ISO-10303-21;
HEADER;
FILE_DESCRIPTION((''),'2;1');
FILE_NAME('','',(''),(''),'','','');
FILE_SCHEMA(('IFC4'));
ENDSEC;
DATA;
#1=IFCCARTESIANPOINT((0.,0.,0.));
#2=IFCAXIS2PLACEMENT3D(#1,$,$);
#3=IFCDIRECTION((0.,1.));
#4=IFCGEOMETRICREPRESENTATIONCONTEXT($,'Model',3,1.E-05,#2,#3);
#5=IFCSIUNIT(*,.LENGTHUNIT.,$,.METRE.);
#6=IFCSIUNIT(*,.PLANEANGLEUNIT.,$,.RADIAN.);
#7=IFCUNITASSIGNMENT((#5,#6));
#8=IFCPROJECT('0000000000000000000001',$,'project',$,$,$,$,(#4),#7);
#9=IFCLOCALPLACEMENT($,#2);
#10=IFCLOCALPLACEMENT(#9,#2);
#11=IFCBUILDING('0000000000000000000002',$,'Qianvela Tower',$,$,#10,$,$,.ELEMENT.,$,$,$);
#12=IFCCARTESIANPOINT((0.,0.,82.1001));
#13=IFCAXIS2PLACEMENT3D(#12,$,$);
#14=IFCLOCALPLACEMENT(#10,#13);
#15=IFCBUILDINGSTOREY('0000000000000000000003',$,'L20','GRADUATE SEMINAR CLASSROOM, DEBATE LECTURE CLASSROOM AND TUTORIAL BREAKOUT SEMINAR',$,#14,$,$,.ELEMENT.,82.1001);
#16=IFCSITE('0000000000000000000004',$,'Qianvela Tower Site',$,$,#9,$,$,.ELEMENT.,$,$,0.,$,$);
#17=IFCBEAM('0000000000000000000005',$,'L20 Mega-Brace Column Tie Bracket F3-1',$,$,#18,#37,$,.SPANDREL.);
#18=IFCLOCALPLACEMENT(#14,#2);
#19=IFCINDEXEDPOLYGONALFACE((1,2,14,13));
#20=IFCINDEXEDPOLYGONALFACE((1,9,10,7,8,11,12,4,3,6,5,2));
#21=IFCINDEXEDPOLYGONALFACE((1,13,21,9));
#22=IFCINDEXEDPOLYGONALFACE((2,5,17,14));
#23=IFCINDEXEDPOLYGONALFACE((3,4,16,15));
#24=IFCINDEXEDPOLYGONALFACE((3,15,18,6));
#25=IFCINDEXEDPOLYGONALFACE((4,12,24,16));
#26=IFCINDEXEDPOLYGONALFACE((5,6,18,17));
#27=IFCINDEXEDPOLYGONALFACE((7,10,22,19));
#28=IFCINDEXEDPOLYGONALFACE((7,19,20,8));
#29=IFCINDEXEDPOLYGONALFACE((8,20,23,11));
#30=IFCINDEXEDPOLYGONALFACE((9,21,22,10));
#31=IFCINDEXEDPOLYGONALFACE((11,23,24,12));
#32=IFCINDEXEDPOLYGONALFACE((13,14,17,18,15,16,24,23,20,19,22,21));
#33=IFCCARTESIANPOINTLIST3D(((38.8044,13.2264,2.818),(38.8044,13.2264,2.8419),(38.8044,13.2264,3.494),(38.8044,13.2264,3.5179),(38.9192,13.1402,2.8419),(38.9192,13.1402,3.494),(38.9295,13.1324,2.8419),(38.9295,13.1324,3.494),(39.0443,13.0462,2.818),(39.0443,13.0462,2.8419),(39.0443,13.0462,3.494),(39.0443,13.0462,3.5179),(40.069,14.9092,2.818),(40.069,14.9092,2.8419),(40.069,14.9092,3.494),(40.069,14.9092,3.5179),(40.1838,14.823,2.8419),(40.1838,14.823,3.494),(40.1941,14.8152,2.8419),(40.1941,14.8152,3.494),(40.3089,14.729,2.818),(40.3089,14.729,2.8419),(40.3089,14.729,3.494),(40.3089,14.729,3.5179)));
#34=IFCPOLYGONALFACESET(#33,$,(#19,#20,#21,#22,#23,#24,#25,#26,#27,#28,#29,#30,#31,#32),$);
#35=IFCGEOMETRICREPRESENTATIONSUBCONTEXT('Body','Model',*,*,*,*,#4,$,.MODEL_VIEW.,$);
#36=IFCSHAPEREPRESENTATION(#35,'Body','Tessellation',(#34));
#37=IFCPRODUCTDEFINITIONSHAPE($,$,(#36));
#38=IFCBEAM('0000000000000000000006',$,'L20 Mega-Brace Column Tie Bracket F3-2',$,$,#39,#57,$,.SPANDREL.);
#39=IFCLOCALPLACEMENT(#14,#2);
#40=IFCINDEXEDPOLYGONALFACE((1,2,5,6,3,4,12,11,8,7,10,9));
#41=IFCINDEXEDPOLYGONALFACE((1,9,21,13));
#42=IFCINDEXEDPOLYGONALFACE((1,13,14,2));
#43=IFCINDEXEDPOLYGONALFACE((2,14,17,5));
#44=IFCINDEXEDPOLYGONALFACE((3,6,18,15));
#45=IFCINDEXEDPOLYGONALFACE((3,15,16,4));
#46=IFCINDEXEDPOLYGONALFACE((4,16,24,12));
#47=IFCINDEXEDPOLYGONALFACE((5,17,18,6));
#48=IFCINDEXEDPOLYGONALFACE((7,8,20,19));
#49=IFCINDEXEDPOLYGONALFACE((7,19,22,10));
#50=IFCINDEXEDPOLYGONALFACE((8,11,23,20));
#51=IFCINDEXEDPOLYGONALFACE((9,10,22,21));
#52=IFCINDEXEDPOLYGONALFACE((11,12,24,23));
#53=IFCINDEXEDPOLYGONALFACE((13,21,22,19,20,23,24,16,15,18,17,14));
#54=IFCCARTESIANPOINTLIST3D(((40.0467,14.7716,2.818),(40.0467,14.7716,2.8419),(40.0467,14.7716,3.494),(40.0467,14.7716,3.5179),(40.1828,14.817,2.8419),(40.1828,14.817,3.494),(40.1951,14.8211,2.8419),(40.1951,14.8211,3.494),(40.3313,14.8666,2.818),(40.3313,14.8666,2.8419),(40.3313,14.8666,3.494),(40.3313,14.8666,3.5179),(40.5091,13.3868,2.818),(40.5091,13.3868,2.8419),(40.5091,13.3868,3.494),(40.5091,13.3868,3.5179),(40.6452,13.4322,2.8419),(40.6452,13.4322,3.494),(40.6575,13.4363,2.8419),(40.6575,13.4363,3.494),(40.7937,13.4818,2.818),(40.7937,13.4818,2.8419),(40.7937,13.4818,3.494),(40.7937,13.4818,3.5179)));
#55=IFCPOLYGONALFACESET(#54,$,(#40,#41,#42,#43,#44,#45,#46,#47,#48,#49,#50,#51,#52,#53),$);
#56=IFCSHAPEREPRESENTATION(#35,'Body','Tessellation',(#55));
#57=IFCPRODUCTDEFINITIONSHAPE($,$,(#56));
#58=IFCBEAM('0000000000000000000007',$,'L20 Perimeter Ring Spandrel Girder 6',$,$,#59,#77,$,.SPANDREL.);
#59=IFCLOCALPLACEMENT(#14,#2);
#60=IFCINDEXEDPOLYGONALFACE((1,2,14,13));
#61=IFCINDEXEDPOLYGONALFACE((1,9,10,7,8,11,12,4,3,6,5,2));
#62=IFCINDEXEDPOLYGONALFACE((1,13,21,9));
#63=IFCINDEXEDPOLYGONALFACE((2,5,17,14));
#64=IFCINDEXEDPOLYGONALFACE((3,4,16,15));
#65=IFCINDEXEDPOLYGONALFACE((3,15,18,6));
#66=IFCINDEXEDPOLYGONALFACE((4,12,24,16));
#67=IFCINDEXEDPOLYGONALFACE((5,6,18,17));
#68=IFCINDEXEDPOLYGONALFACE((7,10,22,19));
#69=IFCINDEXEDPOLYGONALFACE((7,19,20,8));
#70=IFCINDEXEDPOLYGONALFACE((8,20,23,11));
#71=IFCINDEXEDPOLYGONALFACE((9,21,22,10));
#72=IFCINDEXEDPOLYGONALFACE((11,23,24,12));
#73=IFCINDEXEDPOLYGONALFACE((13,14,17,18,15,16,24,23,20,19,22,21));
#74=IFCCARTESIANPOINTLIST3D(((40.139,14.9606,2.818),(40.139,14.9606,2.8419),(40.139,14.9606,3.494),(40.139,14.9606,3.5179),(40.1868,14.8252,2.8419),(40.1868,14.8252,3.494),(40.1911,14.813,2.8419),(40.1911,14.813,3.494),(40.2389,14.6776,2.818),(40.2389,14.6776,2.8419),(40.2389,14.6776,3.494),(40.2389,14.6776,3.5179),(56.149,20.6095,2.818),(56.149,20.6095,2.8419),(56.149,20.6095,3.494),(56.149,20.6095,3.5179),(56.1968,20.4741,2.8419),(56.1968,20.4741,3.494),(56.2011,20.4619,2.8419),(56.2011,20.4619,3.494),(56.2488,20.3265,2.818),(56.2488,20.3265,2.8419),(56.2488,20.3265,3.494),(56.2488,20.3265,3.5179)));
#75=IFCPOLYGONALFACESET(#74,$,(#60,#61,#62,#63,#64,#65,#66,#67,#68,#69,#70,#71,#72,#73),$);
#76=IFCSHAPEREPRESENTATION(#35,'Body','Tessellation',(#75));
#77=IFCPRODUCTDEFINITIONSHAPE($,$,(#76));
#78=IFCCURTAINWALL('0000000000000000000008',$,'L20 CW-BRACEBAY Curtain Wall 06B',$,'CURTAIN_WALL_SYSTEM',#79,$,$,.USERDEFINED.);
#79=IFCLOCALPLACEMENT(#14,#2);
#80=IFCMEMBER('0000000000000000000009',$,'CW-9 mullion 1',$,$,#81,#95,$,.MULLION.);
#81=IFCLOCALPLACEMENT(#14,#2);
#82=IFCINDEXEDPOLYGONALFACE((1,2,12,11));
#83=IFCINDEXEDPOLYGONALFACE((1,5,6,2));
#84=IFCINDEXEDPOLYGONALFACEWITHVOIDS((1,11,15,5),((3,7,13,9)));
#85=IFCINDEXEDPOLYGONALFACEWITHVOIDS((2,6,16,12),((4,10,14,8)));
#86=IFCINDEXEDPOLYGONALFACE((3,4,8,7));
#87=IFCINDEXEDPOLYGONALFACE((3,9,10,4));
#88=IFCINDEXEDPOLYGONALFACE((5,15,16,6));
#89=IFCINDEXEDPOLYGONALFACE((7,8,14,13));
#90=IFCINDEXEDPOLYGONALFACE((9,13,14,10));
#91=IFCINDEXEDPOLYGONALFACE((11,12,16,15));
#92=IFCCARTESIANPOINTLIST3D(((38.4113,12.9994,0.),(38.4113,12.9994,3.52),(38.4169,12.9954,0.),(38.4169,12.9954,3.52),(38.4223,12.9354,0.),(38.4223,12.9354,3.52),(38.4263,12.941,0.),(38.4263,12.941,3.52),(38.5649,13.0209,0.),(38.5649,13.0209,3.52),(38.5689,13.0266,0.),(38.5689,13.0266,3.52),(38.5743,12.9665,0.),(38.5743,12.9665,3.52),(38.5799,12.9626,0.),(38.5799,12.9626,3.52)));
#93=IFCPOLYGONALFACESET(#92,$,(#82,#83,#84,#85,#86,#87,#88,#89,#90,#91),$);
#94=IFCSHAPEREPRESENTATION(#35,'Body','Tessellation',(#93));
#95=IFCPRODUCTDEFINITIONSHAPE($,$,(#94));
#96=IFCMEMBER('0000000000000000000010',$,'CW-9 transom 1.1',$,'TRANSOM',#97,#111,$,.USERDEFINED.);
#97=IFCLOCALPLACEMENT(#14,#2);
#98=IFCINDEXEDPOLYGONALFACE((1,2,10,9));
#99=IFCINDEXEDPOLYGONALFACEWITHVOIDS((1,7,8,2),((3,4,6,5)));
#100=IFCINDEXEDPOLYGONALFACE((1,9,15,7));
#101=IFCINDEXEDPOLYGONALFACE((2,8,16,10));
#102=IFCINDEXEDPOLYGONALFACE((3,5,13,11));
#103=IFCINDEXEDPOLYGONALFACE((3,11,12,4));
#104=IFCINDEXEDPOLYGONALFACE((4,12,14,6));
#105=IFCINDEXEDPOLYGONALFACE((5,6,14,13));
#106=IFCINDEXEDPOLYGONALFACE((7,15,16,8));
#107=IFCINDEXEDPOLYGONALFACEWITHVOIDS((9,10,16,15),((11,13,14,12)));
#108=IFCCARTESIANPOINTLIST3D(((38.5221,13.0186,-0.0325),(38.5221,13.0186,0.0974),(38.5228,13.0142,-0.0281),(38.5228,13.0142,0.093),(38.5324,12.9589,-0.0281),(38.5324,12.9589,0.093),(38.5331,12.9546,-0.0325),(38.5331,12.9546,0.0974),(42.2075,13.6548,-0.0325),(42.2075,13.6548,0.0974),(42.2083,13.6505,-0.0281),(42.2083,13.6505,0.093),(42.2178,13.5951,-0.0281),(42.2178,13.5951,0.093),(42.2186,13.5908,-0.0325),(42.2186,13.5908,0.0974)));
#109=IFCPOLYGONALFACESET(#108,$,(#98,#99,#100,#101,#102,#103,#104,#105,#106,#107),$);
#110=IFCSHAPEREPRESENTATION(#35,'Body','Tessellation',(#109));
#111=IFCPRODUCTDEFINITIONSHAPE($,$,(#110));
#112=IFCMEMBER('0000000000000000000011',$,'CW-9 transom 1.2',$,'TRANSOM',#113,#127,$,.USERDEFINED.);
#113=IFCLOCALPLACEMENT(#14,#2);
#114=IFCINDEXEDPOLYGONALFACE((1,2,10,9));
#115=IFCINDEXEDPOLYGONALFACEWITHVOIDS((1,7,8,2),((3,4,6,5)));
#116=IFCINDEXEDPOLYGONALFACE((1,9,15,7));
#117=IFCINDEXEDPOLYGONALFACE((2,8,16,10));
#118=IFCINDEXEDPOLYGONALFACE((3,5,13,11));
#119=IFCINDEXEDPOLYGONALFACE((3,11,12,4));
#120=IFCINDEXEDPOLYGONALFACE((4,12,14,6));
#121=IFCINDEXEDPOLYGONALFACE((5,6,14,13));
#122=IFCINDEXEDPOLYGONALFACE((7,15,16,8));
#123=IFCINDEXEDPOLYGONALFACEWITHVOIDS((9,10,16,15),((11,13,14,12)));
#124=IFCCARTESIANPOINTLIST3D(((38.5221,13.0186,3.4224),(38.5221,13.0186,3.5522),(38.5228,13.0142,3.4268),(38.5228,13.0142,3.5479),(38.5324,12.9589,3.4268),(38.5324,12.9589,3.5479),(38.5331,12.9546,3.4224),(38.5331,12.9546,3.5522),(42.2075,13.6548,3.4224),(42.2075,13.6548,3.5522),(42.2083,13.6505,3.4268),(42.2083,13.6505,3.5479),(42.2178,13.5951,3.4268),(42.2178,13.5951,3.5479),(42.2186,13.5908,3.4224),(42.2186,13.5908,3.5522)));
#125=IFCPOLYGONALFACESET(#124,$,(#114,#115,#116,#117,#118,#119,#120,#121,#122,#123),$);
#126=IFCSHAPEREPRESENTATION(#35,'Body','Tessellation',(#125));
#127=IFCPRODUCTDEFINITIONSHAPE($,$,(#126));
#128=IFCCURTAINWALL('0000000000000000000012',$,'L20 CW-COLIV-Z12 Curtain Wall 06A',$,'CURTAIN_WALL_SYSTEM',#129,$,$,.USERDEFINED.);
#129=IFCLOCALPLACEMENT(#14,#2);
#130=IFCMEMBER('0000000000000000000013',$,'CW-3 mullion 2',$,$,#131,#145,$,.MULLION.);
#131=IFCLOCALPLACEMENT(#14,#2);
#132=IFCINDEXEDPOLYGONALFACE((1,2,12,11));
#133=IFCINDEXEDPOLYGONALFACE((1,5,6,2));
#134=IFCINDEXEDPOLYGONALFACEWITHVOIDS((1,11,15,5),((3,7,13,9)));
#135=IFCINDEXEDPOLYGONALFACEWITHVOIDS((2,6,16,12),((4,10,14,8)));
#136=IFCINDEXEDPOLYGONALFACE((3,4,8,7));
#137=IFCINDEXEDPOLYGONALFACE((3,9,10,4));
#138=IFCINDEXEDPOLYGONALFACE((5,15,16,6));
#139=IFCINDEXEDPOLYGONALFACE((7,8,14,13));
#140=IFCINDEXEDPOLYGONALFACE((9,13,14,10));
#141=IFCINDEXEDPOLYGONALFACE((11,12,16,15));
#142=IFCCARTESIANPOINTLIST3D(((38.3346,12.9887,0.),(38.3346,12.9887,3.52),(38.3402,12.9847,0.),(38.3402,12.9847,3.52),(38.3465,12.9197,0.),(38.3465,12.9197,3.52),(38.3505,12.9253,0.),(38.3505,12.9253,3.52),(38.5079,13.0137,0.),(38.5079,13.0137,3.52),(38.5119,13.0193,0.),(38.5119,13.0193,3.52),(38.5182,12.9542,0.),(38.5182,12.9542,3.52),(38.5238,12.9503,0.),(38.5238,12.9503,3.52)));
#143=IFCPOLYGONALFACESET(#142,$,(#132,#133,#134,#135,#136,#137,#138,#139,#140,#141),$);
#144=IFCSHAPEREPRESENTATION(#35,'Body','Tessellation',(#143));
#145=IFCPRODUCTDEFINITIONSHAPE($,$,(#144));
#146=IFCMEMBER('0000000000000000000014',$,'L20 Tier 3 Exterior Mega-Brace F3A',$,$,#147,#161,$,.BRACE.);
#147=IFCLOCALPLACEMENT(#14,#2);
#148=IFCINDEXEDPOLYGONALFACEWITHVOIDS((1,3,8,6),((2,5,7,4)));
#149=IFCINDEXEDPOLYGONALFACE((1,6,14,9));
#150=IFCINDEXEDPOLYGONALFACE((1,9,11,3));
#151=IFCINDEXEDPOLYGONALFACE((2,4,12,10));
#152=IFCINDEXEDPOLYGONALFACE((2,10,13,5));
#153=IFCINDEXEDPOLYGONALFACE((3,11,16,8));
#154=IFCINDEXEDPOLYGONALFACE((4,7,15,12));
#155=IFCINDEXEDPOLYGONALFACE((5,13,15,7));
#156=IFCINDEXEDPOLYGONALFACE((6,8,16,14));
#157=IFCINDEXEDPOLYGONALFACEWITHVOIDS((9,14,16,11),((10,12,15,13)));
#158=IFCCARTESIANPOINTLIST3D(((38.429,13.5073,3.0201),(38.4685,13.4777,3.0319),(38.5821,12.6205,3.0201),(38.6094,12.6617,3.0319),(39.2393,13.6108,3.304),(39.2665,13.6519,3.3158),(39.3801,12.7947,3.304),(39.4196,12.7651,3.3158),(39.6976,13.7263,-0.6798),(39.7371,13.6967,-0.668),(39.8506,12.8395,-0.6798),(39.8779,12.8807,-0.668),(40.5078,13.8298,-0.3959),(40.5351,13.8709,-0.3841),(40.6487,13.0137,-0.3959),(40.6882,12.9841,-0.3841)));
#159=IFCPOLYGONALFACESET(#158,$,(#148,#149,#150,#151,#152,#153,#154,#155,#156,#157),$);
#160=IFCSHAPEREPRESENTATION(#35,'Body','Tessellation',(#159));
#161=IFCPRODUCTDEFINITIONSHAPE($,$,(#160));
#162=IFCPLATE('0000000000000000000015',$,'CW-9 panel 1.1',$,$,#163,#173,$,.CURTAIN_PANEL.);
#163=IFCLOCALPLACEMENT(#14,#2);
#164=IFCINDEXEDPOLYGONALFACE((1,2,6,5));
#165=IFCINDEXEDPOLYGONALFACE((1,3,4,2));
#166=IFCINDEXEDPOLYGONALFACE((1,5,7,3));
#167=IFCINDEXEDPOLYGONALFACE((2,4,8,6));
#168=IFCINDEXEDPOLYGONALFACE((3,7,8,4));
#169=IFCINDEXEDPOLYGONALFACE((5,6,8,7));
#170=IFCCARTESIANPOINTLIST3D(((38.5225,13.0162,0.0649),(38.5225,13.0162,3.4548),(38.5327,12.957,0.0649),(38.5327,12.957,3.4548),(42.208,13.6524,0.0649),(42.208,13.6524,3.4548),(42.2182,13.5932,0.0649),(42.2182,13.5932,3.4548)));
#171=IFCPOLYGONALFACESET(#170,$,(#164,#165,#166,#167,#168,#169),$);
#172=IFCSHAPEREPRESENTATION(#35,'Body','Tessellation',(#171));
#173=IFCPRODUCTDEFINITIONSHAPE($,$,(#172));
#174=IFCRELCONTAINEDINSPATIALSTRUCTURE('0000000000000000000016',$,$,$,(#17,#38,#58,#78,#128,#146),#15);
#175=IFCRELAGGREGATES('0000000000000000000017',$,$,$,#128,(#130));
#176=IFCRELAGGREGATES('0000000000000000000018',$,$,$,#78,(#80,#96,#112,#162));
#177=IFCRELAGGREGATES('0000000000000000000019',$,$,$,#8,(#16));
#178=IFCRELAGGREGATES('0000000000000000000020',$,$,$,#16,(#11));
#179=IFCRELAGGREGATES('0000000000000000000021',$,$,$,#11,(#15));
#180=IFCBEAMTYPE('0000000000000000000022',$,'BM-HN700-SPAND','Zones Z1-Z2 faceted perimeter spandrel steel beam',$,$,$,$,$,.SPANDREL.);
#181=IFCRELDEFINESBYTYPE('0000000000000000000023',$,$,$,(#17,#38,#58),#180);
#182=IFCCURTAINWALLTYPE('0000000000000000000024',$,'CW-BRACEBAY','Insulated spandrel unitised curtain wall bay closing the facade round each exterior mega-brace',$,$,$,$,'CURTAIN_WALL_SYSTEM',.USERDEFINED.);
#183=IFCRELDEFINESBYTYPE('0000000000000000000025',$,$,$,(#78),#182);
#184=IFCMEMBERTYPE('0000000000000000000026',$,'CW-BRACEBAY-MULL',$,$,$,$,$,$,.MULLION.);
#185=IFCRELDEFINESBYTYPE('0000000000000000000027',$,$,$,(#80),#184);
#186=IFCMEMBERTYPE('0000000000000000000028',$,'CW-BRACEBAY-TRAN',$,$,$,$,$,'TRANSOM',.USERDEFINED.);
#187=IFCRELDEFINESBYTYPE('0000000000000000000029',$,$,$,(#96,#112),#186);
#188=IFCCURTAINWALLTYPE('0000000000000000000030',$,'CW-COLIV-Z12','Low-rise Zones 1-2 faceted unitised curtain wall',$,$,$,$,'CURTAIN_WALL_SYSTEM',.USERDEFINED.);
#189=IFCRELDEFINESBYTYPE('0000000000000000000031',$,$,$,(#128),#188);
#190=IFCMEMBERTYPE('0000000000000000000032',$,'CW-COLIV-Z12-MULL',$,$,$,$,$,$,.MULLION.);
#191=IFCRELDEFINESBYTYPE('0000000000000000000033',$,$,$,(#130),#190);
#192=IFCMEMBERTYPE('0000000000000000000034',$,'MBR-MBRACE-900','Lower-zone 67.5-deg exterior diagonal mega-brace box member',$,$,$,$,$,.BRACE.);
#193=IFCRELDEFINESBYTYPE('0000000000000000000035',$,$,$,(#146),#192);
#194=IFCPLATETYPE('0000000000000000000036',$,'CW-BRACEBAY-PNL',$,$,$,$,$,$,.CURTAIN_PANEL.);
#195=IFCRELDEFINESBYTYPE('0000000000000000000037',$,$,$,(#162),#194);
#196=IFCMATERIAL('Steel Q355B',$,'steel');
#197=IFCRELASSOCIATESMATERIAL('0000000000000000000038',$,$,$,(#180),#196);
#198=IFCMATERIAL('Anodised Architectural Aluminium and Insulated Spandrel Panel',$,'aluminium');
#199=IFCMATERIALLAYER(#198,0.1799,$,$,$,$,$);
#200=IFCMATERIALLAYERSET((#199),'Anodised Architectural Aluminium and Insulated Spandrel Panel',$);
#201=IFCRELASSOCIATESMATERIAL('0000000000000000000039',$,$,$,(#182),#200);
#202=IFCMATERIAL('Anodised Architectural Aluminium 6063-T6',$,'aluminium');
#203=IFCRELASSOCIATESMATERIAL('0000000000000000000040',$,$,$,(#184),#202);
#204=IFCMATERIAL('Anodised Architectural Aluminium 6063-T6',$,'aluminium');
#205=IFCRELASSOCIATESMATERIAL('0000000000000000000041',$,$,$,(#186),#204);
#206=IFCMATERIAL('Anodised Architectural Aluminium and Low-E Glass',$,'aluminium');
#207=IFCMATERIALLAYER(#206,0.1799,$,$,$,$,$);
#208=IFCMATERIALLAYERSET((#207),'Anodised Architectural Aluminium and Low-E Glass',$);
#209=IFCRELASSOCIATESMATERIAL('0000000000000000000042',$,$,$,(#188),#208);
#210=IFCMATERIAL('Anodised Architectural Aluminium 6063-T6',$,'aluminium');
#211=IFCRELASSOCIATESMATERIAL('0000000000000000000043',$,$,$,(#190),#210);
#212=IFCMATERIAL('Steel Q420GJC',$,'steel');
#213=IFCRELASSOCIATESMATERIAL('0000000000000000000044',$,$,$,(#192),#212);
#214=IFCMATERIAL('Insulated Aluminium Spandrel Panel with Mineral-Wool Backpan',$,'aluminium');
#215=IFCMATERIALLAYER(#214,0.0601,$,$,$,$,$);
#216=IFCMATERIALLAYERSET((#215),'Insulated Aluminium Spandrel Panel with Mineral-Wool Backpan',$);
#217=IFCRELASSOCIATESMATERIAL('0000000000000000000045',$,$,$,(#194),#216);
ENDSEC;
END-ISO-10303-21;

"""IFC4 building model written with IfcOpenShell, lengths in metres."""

from ifc_helpers import new_model, si_unit, direction, frame, origin, origin_2d, place, context, subcontext, project, spatial, rectangle, hollow_rectangle, i_section, extrude, material, layer, layer_set, material_profile, profile_set, type_object, element, aggregate, save


model = new_model("IFC4")

# Units and contexts
model_context = context("Model", 3, precision=1e-05, world=origin(), true_north=direction((0.0, 1.0)))
body_context = subcontext(model_context, "Body", "Model", "MODEL_VIEW")
ifc_project = project(units=[si_unit("LENGTHUNIT", "METRE"), si_unit("PLANEANGLEUNIT", "RADIAN")], contexts=[model_context])

# Site, building, storey
site_placement = place(None, origin())
site = spatial("IfcSite", under=ifc_project, at=site_placement, Name="Qianvela Tower Site", CompositionType="ELEMENT", RefElevation=0.0)
building_placement = place(site_placement, origin())
building = spatial("IfcBuilding", under=site, at=building_placement, Name="Qianvela Tower", CompositionType="ELEMENT")
storey_placement = place(building_placement, frame((0.0, 0.0, 82.1001)))
storey = spatial("IfcBuildingStorey", under=building, at=storey_placement, Name="L20", Description="GRADUATE SEMINAR CLASSROOM, DEBATE LECTURE CLASSROOM AND TUTORIAL BREAKOUT SEMINAR", CompositionType="ELEMENT", Elevation=82.1001)

# Beams
ifc_material_1 = material(Name="Steel Q355B", Category="steel")
ifc_material_profile_1 = material_profile(ifc_material_1, i_section(OverallWidth=0.3, OverallDepth=0.7, WebThickness=0.0129, FlangeThickness=0.0239, at=origin_2d()), Name="HN700x300x13x24")
ifc_profile_set_1 = profile_set([ifc_material_profile_1], Name="Steel Q355B")
beam_type_1 = type_object("IfcBeamType", Name="BM-HN700-SPAND", Description="Zones Z1-Z2 faceted perimeter spandrel steel beam", PredefinedType="SPANDREL", material=ifc_profile_set_1)
beam_1_placement = place(storey_placement, frame((40.189, 14.8191, 3.168), z_axis=(-0.600761, -0.799429, 0.0), x_axis=(0.799429, -0.600761, 0.0)))
element("IfcBeam", 1, at=beam_1_placement, inside=storey, type_object=beam_type_1, Name="L20 Mega-Brace Column Tie Bracket F3-1", PredefinedType="SPANDREL", context=body_context, shape_type="SweptSolid", body=[
    extrude(i_section(OverallWidth=0.3, OverallDepth=0.7, WebThickness=0.0129, FlangeThickness=0.0239, at=origin_2d()), origin(), (0.0, 0.0, 1.0), 2.105),
])
beam_2_placement = place(storey_placement, frame((40.189, 14.8191, 3.168), z_axis=(0.316729, -0.948516, 0.0), x_axis=(0.948516, 0.316729, 0.0)))
element("IfcBeam", 2, at=beam_2_placement, inside=storey, type_object=beam_type_1, Name="L20 Mega-Brace Column Tie Bracket F3-2", PredefinedType="SPANDREL", context=body_context, shape_type="SweptSolid", body=[
    extrude(i_section(OverallWidth=0.3, OverallDepth=0.7, WebThickness=0.0129, FlangeThickness=0.0239, at=origin_2d()), origin(), (0.0, 0.0, 1.0), 1.46),
])
beam_3_placement = place(storey_placement, frame((40.189, 14.8191, 3.168), z_axis=(0.943021, 0.332733, 0.0), x_axis=(-0.332733, 0.943021, 0.0)))
element("IfcBeam", 3, at=beam_3_placement, inside=storey, type_object=beam_type_1, Name="L20 Perimeter Ring Spandrel Girder 6", PredefinedType="SPANDREL", context=body_context, shape_type="SweptSolid", body=[
    extrude(i_section(OverallWidth=0.3, OverallDepth=0.7, WebThickness=0.0129, FlangeThickness=0.0239, at=origin_2d()), origin(), (0.0, 0.0, 1.0), 16.9773),
])

# Curtain wall, members
ifc_material_2 = material(Name="Anodised Architectural Aluminium and Insulated Spandrel Panel", Category="aluminium")
ifc_layer_1 = layer(ifc_material_2, 0.1799)
ifc_layer_set_1 = layer_set([ifc_layer_1], Name="Anodised Architectural Aluminium and Insulated Spandrel Panel")
curtain_wall_type_1 = type_object("IfcCurtainWallType", Name="CW-BRACEBAY", Description="Insulated spandrel unitised curtain wall bay closing the facade round each exterior mega-brace", ElementType="CURTAIN_WALL_SYSTEM", PredefinedType="USERDEFINED", material=ifc_layer_set_1)
curtain_wall_1_placement = place(storey_placement, origin())
curtain_wall_1 = element("IfcCurtainWall", 4, at=curtain_wall_1_placement, inside=storey, type_object=curtain_wall_type_1, Name="L20 CW-BRACEBAY Curtain Wall 06B", ObjectType="CURTAIN_WALL_SYSTEM", PredefinedType="USERDEFINED")
ifc_material_3 = material(Name="Anodised Architectural Aluminium 6063-T6", Category="aluminium")
ifc_material_profile_2 = material_profile(ifc_material_3, hollow_rectangle(XDim=0.0649, YDim=0.1599, WallThickness=0.0049, at=origin_2d()), Name="ALU-MULL-65x160")
ifc_profile_set_2 = profile_set([ifc_material_profile_2], Name="Anodised Architectural Aluminium 6063-T6")
member_type_1 = type_object("IfcMemberType", Name="CW-BRACEBAY-MULL", PredefinedType="MULLION", material=ifc_profile_set_2)
member_1_placement = place(storey_placement, frame((38.4956, 12.981, 0.0), z_axis=(0.0, 0.0, 1.0), x_axis=(-0.170103, 0.985426, 0.0)))
member_1 = element("IfcMember", 5, at=member_1_placement, type_object=member_type_1, Name="CW-9 mullion 1", PredefinedType="MULLION", context=body_context, shape_type="SweptSolid", body=[
    extrude(hollow_rectangle(XDim=0.0649, YDim=0.1599, WallThickness=0.0049, at=origin_2d()), origin(), (0.0, 0.0, 1.0), 3.52),
])
ifc_material_4 = material(Name="Anodised Architectural Aluminium 6063-T6", Category="aluminium")
ifc_material_profile_3 = material_profile(ifc_material_4, hollow_rectangle(XDim=0.0649, YDim=0.1299, WallThickness=0.0044, at=origin_2d()), Name="ALU-TRAN-65x130")
ifc_profile_set_3 = profile_set([ifc_material_profile_3], Name="Anodised Architectural Aluminium 6063-T6")
member_type_2 = type_object("IfcMemberType", Name="CW-BRACEBAY-TRAN", ElementType="TRANSOM", PredefinedType="USERDEFINED", material=ifc_profile_set_3)
member_2_placement = place(storey_placement, frame((38.5276, 12.9866, 0.0325), z_axis=(0.985425, 0.170112, 0.0), x_axis=(-0.170112, 0.985425, 0.0)))
member_2 = element("IfcMember", 6, at=member_2_placement, type_object=member_type_2, Name="CW-9 transom 1.1", ObjectType="TRANSOM", PredefinedType="USERDEFINED", context=body_context, shape_type="SweptSolid", body=[
    extrude(hollow_rectangle(XDim=0.0649, YDim=0.1299, WallThickness=0.0044, at=origin_2d()), origin(), (0.0, 0.0, 1.0), 3.74),
])
member_3_placement = place(storey_placement, frame((38.5276, 12.9866, 3.4873), z_axis=(0.985425, 0.170112, 0.0), x_axis=(-0.170112, 0.985425, 0.0)))
member_3 = element("IfcMember", 7, at=member_3_placement, type_object=member_type_2, Name="CW-9 transom 1.2", ObjectType="TRANSOM", PredefinedType="USERDEFINED", context=body_context, shape_type="SweptSolid", body=[
    extrude(hollow_rectangle(XDim=0.0649, YDim=0.1299, WallThickness=0.0044, at=origin_2d()), origin(), (0.0, 0.0, 1.0), 3.74),
])

# Curtain wall, member
ifc_material_5 = material(Name="Anodised Architectural Aluminium and Low-E Glass", Category="aluminium")
ifc_layer_2 = layer(ifc_material_5, 0.1799)
ifc_layer_set_2 = layer_set([ifc_layer_2], Name="Anodised Architectural Aluminium and Low-E Glass")
curtain_wall_type_2 = type_object("IfcCurtainWallType", Name="CW-COLIV-Z12", Description="Low-rise Zones 1-2 faceted unitised curtain wall", ElementType="CURTAIN_WALL_SYSTEM", PredefinedType="USERDEFINED", material=ifc_layer_set_2)
curtain_wall_2_placement = place(storey_placement, origin())
curtain_wall_2 = element("IfcCurtainWall", 8, at=curtain_wall_2_placement, inside=storey, type_object=curtain_wall_type_2, Name="L20 CW-COLIV-Z12 Curtain Wall 06A", ObjectType="CURTAIN_WALL_SYSTEM", PredefinedType="USERDEFINED")
ifc_material_6 = material(Name="Anodised Architectural Aluminium 6063-T6", Category="aluminium")
ifc_material_profile_4 = material_profile(ifc_material_6, hollow_rectangle(XDim=0.0701, YDim=0.1799, WallThickness=0.0049, at=origin_2d()), Name="ALU-MULL-70x180")
ifc_profile_set_4 = profile_set([ifc_material_profile_4], Name="Anodised Architectural Aluminium 6063-T6")
member_type_3 = type_object("IfcMemberType", Name="CW-COLIV-Z12-MULL", PredefinedType="MULLION", material=ifc_profile_set_4)
member_4_placement = place(storey_placement, frame((38.4292, 12.9695, 0.0), z_axis=(0.0, 0.0, 1.0), x_axis=(-0.17009, 0.985428, 0.0)))
member_4 = element("IfcMember", 9, at=member_4_placement, type_object=member_type_3, Name="CW-3 mullion 2", PredefinedType="MULLION", context=body_context, shape_type="SweptSolid", body=[
    extrude(hollow_rectangle(XDim=0.0701, YDim=0.1799, WallThickness=0.0049, at=origin_2d()), origin(), (0.0, 0.0, 1.0), 3.52),
])
aggregate(curtain_wall_2, [member_4])

# Member
ifc_material_7 = material(Name="Steel Q420GJC", Category="steel")
ifc_material_profile_5 = material_profile(ifc_material_7, hollow_rectangle(XDim=0.8999, YDim=0.8999, WallThickness=0.0359, at=origin_2d()), Name="MBOX-900x900x36")
ifc_profile_set_5 = profile_set([ifc_material_profile_5], Name="Steel Q420GJC")
member_type_4 = type_object("IfcMemberType", Name="MBR-MBRACE-900", Description="Lower-zone 67.5-deg exterior diagonal mega-brace box member", PredefinedType="BRACE", material=ifc_profile_set_5)
member_5_placement = place(storey_placement, frame((40.1929, 13.3552, -0.532), z_axis=(-0.323817, -0.055901, 0.944467), x_axis=(0.170116, -0.985424, 0.0)))
element("IfcMember", 10, at=member_5_placement, inside=storey, type_object=member_type_4, Name="L20 Tier 3 Exterior Mega-Brace F3A", PredefinedType="BRACE", context=body_context, shape_type="SweptSolid", body=[
    extrude(hollow_rectangle(XDim=0.8999, YDim=0.8999, WallThickness=0.0359, at=origin_2d()), origin(), (0.0, 0.0, 1.0), 3.9175),
])

# Plate
ifc_material_8 = material(Name="Insulated Aluminium Spandrel Panel with Mineral-Wool Backpan", Category="aluminium")
ifc_layer_3 = layer(ifc_material_8, 0.0601)
ifc_layer_set_3 = layer_set([ifc_layer_3], Name="Insulated Aluminium Spandrel Panel with Mineral-Wool Backpan")
plate_type_1 = type_object("IfcPlateType", Name="CW-BRACEBAY-PNL", PredefinedType="CURTAIN_PANEL", material=ifc_layer_set_3)
plate_placement = place(storey_placement, frame((40.3704, 13.3047, 0.0649), z_axis=(0.0, 0.0, 1.0), x_axis=(0.985426, 0.170103, 0.0)))
plate = element("IfcPlate", 11, at=plate_placement, type_object=plate_type_1, Name="CW-9 panel 1.1", PredefinedType="CURTAIN_PANEL", context=body_context, shape_type="SweptSolid", body=[
    extrude(rectangle(XDim=3.74, YDim=0.0601, at=origin_2d()), origin(), (0.0, 0.0, 1.0), 3.3899),
])
aggregate(curtain_wall_1, [member_1, member_2, member_3, plate])

save(model, "model.ifc")
